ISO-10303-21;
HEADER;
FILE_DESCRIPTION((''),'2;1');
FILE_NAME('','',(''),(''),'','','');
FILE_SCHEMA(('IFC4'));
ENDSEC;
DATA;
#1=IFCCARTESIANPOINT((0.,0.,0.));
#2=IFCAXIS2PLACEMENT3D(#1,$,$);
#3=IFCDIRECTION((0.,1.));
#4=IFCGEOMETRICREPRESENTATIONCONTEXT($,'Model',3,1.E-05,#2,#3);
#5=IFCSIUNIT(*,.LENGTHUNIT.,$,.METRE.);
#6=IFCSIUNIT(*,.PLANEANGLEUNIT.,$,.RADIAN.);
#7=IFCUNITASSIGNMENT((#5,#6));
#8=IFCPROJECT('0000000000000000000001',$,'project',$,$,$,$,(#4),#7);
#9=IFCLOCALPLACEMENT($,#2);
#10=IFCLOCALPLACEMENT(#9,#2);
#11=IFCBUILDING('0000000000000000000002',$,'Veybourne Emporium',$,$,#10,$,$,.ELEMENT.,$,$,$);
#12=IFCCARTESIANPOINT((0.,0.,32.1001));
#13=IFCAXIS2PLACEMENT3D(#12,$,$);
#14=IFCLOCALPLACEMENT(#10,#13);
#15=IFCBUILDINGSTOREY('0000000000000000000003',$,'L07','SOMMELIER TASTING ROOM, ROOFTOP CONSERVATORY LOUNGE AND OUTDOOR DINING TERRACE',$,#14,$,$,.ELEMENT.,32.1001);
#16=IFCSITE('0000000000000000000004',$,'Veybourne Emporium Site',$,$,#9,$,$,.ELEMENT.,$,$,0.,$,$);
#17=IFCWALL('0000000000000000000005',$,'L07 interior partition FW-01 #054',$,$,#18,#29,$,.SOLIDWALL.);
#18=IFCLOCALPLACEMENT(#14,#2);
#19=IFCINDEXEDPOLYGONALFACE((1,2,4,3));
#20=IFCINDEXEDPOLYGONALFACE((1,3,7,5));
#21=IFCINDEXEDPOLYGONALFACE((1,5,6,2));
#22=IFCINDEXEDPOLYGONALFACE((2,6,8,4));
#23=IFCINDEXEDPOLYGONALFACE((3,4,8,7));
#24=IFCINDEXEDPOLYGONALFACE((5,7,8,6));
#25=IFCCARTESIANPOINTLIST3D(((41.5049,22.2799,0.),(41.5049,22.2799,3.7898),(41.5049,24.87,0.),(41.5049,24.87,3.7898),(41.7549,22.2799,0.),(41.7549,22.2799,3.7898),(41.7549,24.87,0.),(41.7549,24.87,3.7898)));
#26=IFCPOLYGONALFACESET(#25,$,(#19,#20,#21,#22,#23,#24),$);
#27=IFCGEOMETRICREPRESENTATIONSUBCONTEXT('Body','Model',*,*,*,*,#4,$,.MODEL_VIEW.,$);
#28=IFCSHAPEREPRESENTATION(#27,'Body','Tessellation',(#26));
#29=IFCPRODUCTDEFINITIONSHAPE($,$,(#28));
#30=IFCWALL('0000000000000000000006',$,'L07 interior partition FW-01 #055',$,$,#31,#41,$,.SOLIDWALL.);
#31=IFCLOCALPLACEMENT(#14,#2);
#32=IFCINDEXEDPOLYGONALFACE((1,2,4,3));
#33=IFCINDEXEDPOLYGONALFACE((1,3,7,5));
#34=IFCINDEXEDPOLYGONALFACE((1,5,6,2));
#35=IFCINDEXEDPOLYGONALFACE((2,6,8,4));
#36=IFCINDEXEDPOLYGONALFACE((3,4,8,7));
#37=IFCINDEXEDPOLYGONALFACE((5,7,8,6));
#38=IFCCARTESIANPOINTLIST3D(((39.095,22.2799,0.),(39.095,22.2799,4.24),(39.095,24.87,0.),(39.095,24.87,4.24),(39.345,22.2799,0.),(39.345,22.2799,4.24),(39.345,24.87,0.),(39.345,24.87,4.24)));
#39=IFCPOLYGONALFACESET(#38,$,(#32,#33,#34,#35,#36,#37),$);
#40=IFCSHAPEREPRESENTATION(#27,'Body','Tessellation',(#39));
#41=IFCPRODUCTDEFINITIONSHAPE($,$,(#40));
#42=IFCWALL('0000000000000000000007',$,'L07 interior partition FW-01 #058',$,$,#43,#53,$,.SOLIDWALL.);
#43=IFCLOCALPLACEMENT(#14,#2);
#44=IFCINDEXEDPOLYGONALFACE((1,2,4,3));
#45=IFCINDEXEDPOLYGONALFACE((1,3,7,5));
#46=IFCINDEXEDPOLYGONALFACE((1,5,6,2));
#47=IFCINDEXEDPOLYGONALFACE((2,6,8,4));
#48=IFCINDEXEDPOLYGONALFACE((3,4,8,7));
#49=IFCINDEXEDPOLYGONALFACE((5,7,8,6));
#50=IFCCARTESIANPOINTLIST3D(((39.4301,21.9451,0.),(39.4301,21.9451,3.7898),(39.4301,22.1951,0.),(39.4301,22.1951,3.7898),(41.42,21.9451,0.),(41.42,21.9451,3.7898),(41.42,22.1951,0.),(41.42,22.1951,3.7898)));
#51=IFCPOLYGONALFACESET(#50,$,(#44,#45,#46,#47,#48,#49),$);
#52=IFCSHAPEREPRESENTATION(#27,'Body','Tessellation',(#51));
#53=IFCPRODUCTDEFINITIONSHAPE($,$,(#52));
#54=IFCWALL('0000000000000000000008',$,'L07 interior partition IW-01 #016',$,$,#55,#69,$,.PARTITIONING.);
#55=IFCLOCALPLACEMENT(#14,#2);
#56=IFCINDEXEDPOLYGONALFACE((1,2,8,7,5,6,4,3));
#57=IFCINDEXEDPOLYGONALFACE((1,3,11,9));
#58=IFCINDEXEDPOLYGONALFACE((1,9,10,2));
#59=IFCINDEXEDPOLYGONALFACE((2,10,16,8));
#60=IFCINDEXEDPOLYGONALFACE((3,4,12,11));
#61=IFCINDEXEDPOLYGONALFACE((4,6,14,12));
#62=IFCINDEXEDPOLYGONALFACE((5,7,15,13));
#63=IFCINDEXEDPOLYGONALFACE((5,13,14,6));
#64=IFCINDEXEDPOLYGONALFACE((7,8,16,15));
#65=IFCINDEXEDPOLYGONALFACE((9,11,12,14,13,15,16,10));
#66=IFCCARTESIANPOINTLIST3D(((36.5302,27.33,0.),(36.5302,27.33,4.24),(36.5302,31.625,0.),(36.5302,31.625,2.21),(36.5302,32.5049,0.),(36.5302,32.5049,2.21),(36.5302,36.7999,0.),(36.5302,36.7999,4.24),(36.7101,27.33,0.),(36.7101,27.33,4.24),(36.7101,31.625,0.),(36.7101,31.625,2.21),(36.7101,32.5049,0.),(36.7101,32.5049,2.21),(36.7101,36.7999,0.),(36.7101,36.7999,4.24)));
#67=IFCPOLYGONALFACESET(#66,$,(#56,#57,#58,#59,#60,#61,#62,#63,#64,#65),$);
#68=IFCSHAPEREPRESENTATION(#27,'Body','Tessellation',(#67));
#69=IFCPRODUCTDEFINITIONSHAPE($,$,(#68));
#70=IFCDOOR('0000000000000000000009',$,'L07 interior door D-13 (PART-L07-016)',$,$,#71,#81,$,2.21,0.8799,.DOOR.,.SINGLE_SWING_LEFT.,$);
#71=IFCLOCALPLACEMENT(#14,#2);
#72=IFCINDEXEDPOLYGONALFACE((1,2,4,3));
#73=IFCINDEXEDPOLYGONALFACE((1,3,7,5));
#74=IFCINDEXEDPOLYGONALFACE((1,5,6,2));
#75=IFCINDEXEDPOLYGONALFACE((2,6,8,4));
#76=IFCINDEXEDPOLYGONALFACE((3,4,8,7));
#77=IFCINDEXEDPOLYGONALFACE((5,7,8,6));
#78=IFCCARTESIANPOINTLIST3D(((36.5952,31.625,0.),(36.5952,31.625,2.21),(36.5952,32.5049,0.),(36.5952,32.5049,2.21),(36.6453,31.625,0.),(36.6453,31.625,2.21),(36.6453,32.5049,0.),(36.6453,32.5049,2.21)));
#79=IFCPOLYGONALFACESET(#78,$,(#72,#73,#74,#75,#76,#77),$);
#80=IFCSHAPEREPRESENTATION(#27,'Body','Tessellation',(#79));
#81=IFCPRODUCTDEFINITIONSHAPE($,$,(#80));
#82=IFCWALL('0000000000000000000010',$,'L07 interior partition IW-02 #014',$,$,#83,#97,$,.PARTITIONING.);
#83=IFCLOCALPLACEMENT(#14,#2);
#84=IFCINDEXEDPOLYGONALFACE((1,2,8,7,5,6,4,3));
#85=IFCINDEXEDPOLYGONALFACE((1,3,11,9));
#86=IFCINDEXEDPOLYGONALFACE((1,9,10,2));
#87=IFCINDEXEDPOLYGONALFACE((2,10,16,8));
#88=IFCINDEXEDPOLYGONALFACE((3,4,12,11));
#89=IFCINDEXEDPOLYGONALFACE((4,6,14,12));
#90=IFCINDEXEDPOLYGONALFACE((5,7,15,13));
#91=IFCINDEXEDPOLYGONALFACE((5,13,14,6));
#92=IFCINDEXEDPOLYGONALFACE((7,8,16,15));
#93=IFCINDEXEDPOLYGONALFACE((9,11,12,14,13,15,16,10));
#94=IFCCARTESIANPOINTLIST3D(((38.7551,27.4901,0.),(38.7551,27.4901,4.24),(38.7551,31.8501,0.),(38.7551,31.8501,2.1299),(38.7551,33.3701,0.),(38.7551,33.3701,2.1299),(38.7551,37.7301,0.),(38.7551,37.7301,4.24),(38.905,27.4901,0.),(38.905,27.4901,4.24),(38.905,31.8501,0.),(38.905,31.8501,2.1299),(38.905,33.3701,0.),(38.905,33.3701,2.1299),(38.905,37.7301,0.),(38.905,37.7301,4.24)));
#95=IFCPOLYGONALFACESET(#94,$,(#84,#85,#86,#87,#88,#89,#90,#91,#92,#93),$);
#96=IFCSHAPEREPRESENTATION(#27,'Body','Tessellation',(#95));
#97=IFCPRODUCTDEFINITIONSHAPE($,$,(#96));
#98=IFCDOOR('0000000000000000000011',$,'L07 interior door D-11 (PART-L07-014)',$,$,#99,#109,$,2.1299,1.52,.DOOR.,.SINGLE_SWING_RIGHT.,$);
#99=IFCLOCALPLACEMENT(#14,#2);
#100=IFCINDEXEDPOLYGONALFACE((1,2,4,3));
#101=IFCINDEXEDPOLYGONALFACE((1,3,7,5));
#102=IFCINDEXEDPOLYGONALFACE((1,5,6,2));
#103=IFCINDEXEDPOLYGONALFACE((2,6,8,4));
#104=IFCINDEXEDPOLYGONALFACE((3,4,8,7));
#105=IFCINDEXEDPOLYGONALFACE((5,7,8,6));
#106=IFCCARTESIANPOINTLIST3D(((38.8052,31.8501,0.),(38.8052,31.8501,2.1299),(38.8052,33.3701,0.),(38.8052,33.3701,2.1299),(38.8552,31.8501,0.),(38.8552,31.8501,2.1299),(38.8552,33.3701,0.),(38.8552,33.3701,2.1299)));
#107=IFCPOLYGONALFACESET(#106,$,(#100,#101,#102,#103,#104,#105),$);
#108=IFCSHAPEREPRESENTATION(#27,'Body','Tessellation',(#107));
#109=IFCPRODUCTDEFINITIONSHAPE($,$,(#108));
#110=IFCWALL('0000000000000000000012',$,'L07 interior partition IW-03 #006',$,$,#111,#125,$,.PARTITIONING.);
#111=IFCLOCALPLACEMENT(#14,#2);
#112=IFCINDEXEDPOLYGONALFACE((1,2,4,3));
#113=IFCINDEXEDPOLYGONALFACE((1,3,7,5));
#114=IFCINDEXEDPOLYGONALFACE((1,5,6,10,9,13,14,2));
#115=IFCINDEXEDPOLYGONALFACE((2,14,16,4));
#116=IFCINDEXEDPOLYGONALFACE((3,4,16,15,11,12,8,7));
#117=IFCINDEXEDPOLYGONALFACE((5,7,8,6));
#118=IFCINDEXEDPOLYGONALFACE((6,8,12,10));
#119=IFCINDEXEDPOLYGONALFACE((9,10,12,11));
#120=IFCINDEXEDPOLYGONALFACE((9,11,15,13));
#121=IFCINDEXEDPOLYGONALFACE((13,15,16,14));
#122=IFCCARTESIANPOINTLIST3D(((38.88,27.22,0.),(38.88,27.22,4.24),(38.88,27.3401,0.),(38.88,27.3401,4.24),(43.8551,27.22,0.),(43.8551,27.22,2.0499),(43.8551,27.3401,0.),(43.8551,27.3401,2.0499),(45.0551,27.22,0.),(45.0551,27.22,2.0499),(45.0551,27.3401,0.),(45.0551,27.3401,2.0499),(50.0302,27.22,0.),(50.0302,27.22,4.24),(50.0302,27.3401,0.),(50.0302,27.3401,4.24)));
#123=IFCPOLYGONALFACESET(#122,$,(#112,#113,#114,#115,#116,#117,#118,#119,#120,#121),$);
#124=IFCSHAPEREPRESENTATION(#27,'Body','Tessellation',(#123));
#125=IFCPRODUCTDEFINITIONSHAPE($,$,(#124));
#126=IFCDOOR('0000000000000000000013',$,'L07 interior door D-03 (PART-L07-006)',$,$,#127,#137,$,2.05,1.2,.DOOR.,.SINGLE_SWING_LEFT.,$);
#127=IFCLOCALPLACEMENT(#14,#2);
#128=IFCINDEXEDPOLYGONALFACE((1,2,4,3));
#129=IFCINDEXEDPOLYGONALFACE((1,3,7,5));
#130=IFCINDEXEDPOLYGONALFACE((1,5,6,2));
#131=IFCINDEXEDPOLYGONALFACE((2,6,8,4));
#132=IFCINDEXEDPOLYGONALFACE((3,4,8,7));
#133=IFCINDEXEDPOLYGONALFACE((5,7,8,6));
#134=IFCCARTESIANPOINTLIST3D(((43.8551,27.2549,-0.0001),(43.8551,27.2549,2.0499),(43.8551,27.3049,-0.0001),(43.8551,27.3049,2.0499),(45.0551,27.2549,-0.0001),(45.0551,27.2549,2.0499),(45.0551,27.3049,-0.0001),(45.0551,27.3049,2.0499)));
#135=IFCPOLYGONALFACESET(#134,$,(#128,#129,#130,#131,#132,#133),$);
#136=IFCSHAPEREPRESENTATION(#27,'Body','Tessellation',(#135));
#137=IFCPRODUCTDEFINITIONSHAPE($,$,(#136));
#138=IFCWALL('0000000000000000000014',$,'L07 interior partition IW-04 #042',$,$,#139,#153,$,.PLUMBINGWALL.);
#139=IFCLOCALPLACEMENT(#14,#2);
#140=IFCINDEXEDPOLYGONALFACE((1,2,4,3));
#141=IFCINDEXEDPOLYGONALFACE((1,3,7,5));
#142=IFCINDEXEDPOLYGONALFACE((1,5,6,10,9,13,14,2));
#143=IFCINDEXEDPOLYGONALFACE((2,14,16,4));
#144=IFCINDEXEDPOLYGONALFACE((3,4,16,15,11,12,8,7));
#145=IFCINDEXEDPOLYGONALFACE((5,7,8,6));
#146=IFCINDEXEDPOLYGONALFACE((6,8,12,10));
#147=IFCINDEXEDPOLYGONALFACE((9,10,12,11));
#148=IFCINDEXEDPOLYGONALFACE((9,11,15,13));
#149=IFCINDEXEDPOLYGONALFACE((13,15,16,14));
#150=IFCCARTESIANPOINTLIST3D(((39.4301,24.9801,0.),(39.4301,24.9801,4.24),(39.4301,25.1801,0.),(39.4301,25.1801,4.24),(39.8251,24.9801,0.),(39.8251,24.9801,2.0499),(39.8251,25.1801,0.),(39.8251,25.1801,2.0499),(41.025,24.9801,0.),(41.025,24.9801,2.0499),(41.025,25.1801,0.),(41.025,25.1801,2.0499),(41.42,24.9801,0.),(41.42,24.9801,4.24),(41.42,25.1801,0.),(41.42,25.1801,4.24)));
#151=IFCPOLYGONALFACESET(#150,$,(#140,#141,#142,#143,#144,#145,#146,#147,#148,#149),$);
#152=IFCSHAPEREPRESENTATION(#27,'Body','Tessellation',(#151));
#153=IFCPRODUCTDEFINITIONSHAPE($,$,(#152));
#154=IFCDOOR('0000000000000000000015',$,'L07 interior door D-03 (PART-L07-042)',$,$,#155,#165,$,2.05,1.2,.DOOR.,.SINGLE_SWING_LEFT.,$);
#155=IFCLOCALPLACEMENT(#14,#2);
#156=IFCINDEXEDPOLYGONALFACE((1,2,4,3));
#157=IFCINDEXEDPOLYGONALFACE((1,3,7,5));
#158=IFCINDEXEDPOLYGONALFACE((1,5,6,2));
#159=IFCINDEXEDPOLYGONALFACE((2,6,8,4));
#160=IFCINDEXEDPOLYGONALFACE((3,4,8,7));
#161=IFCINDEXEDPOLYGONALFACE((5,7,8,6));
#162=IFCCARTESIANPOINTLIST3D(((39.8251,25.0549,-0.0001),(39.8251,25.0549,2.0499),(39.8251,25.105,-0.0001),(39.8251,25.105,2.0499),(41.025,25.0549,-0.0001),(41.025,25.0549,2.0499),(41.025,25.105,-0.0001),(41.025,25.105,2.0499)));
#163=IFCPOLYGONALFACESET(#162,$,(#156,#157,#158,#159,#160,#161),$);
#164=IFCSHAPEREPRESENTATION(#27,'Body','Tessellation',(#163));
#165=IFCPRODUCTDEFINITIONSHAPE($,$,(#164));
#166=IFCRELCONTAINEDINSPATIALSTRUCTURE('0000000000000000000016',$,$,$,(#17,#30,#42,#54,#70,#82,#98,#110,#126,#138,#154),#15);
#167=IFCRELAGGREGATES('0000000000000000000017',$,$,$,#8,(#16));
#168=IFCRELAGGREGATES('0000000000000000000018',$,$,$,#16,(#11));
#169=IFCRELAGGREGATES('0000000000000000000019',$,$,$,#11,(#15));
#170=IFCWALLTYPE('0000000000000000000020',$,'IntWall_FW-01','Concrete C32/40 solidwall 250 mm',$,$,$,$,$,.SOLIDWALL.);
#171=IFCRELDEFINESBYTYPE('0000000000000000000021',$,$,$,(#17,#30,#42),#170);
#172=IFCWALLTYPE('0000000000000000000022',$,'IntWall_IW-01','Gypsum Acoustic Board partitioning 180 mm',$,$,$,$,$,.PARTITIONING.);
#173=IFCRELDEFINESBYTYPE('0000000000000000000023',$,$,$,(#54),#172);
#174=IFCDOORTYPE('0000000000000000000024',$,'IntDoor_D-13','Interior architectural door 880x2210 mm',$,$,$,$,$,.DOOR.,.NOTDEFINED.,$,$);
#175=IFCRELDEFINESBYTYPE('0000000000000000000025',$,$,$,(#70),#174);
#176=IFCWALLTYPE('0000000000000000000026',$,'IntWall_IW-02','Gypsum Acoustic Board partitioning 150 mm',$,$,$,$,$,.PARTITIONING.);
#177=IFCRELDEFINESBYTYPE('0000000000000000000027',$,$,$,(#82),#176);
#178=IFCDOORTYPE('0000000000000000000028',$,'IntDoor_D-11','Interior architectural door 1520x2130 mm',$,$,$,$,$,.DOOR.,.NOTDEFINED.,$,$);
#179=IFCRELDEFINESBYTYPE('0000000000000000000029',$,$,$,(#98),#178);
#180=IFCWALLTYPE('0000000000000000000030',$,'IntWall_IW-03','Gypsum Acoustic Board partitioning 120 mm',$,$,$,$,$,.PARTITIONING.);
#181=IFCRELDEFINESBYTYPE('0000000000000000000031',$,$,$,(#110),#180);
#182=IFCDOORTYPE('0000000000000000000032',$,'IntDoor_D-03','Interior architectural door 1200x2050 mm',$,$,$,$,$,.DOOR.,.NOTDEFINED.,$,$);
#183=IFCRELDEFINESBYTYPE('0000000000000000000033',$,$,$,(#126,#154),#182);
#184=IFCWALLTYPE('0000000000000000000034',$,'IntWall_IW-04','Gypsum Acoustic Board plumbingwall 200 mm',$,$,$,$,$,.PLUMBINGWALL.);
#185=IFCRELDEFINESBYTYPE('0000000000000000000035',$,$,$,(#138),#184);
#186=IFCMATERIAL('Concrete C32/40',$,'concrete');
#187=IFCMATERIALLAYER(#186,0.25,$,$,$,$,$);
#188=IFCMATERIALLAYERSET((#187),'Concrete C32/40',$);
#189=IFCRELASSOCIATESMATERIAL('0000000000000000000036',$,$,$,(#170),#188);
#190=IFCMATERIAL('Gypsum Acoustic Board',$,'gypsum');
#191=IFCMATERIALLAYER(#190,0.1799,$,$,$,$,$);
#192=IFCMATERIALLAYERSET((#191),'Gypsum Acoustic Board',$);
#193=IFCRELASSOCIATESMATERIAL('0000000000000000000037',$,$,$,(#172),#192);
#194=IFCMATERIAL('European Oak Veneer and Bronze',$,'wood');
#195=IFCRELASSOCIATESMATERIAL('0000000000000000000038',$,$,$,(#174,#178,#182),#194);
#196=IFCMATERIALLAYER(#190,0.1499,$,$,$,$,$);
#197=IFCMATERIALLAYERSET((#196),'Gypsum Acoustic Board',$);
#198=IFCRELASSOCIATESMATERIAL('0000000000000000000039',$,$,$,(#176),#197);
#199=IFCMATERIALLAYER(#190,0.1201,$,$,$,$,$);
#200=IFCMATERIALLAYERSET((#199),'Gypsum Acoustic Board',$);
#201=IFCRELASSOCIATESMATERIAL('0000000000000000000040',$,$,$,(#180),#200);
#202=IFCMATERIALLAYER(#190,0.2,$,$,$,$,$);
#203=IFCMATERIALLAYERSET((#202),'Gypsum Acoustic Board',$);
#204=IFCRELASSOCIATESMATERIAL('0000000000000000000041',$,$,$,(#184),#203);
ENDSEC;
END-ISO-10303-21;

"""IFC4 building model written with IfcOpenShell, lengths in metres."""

from ifc_helpers import new_model, si_unit, direction, frame, frame_2d, origin, place, context, subcontext, project, spatial, rectangle, extrude, material, layer, layer_set, type_object, element, fill, save


model = new_model("IFC4")

# Units and contexts
model_context = context("Model", 3, precision=1e-05, world=origin(), true_north=direction((0.0, 1.0)))
body_context = subcontext(model_context, "Body", "Model", "MODEL_VIEW")
ifc_project = project(units=[si_unit("LENGTHUNIT", "METRE"), si_unit("PLANEANGLEUNIT", "RADIAN")], contexts=[model_context])

# Site, building, storey
site_placement = place(None, origin())
site = spatial("IfcSite", under=ifc_project, at=site_placement, Name="Veybourne Emporium Site", CompositionType="ELEMENT", RefElevation=0.0)
building_placement = place(site_placement, origin())
building = spatial("IfcBuilding", under=site, at=building_placement, Name="Veybourne Emporium", CompositionType="ELEMENT")
storey_placement = place(building_placement, frame((0.0, 0.0, 32.1001)))
storey = spatial("IfcBuildingStorey", under=building, at=storey_placement, Name="L07", Description="SOMMELIER TASTING ROOM, ROOFTOP CONSERVATORY LOUNGE AND OUTDOOR DINING TERRACE", CompositionType="ELEMENT", Elevation=32.1001)

# Shared definitions
ifc_material_1 = material(Name="Concrete C32/40", Category="concrete")

# Shared definitions
ifc_layer_1 = layer(ifc_material_1, 0.25)
ifc_layer_set_1 = layer_set([ifc_layer_1], Name="Concrete C32/40")
wall_type_1 = type_object("IfcWallType", Name="IntWall_FW-01", Description="Concrete C32/40 solidwall 250 mm", PredefinedType="SOLIDWALL", material=ifc_layer_set_1)

# Walls
wall_1_placement = place(storey_placement, frame((41.6299, 22.28, 0.0), z_axis=(0.0, 0.0, 1.0), x_axis=(0.0, 1.0, 0.0)))
element("IfcWall", 1, at=wall_1_placement, inside=storey, type_object=wall_type_1, Name="L07 interior partition FW-01 #054", PredefinedType="SOLIDWALL", context=body_context, shape_type="SweptSolid", body=[
    extrude(rectangle(XDim=2.5901, YDim=0.25, at=frame_2d((1.2949, 0.0))), origin(), (0.0, 0.0, 1.0), 3.7898),
])
wall_2_placement = place(storey_placement, frame((39.22, 22.28, 0.0), z_axis=(0.0, 0.0, 1.0), x_axis=(0.0, 1.0, 0.0)))
element("IfcWall", 2, at=wall_2_placement, inside=storey, type_object=wall_type_1, Name="L07 interior partition FW-01 #055", PredefinedType="SOLIDWALL", context=body_context, shape_type="SweptSolid", body=[
    extrude(rectangle(XDim=2.5901, YDim=0.25, at=frame_2d((1.2949, 0.0))), origin(), (0.0, 0.0, 1.0), 4.24),
])
wall_3_placement = place(storey_placement, frame((39.4299, 22.0701, 0.0), z_axis=(0.0, 0.0, 1.0), x_axis=(1.0, 0.0, 0.0)))
element("IfcWall", 3, at=wall_3_placement, inside=storey, type_object=wall_type_1, Name="L07 interior partition FW-01 #058", PredefinedType="SOLIDWALL", context=body_context, shape_type="SweptSolid", body=[
    extrude(rectangle(XDim=1.99, YDim=0.25, at=frame_2d((0.9951, 0.0))), origin(), (0.0, 0.0, 1.0), 3.7898),
])

# Walls, openings, doors
ifc_material_2 = material(Name="Gypsum Acoustic Board", Category="gypsum")
ifc_layer_2 = layer(ifc_material_2, 0.1799)
ifc_layer_set_2 = layer_set([ifc_layer_2], Name="Gypsum Acoustic Board")
wall_type_2 = type_object("IfcWallType", Name="IntWall_IW-01", Description="Gypsum Acoustic Board partitioning 180 mm", PredefinedType="PARTITIONING", material=ifc_layer_set_2)
wall_4_placement = place(storey_placement, frame((36.6201, 27.3301, 0.0), z_axis=(0.0, 0.0, 1.0), x_axis=(0.0, 1.0, 0.0)))
wall_4 = element("IfcWall", 4, at=wall_4_placement, inside=storey, type_object=wall_type_2, Name="L07 interior partition IW-01 #016", PredefinedType="PARTITIONING", context=body_context, shape_type="SweptSolid", body=[
    extrude(rectangle(XDim=9.47, YDim=0.1799, at=frame_2d((4.7349, 0.0))), origin(), (0.0, 0.0, 1.0), 4.24),
])
opening_1_placement = place(wall_4_placement, frame((4.2949, 0.0, 0.0)))
opening_1 = element("IfcOpeningElement", 5, at=opening_1_placement, cuts=wall_4, PredefinedType="OPENING", context=body_context, shape_type="SweptSolid", body=[
    extrude(rectangle(XDim=0.8799, YDim=2.21, at=frame_2d((0.4399, 1.105))), frame((0.0, 0.1099, 0.0), z_axis=(0.0, -1.0, 0.0), x_axis=(1.0, 0.0, 0.0)), (0.0, 0.0, 1.0), 0.22),
])
ifc_material_3 = material(Name="European Oak Veneer and Bronze", Category="wood")
door_type_1 = type_object("IfcDoorType", Name="IntDoor_D-13", Description="Interior architectural door 880x2210 mm", OperationType="NOTDEFINED", PredefinedType="DOOR", material=ifc_material_3)
door_1_placement = place(opening_1_placement, origin())
door_1 = element("IfcDoor", 6, at=door_1_placement, inside=storey, type_object=door_type_1, Name="L07 interior door D-13 (PART-L07-016)", OperationType="SINGLE_SWING_LEFT", OverallHeight=2.21, OverallWidth=0.8799, PredefinedType="DOOR", context=body_context, shape_type="SweptSolid", body=[
    extrude(rectangle(XDim=0.8799, YDim=2.21, at=frame_2d((0.4399, 1.105))), frame((0.0, 0.0249, 0.0), z_axis=(0.0, -1.0, 0.0), x_axis=(1.0, 0.0, 0.0)), (0.0, 0.0, 1.0), 0.05),
])
fill(opening_1, door_1)
ifc_layer_3 = layer(ifc_material_2, 0.1499)
ifc_layer_set_3 = layer_set([ifc_layer_3], Name="Gypsum Acoustic Board")
wall_type_3 = type_object("IfcWallType", Name="IntWall_IW-02", Description="Gypsum Acoustic Board partitioning 150 mm", PredefinedType="PARTITIONING", material=ifc_layer_set_3)
wall_5_placement = place(storey_placement, frame((38.8301, 27.49, 0.0), z_axis=(0.0, 0.0, 1.0), x_axis=(0.0, 1.0, 0.0)))
wall_5 = element("IfcWall", 7, at=wall_5_placement, inside=storey, type_object=wall_type_3, Name="L07 interior partition IW-02 #014", PredefinedType="PARTITIONING", context=body_context, shape_type="SweptSolid", body=[
    extrude(rectangle(XDim=10.24, YDim=0.1499, at=frame_2d((5.1201, 0.0))), origin(), (0.0, 0.0, 1.0), 4.24),
])
opening_2_placement = place(wall_5_placement, frame((4.3601, 0.0, 0.0)))
opening_2 = element("IfcOpeningElement", 8, at=opening_2_placement, cuts=wall_5, PredefinedType="OPENING", context=body_context, shape_type="SweptSolid", body=[
    extrude(rectangle(XDim=1.52, YDim=2.1299, at=frame_2d((0.76, 1.0649))), frame((0.0, 0.095, 0.0), z_axis=(0.0, -1.0, 0.0), x_axis=(1.0, 0.0, 0.0)), (0.0, 0.0, 1.0), 0.1899),
])
door_type_2 = type_object("IfcDoorType", Name="IntDoor_D-11", Description="Interior architectural door 1520x2130 mm", OperationType="NOTDEFINED", PredefinedType="DOOR", material=ifc_material_3)
door_2_placement = place(opening_2_placement, origin())
door_2 = element("IfcDoor", 9, at=door_2_placement, inside=storey, type_object=door_type_2, Name="L07 interior door D-11 (PART-L07-014)", OperationType="SINGLE_SWING_RIGHT", OverallHeight=2.1299, OverallWidth=1.52, PredefinedType="DOOR", context=body_context, shape_type="SweptSolid", body=[
    extrude(rectangle(XDim=1.52, YDim=2.1299, at=frame_2d((0.76, 1.0649))), frame((0.0, 0.0249, 0.0), z_axis=(0.0, -1.0, 0.0), x_axis=(1.0, 0.0, 0.0)), (0.0, 0.0, 1.0), 0.05),
])
fill(opening_2, door_2)
ifc_layer_4 = layer(ifc_material_2, 0.1201)
ifc_layer_set_4 = layer_set([ifc_layer_4], Name="Gypsum Acoustic Board")
wall_type_4 = type_object("IfcWallType", Name="IntWall_IW-03", Description="Gypsum Acoustic Board partitioning 120 mm", PredefinedType="PARTITIONING", material=ifc_layer_set_4)
wall_6_placement = place(storey_placement, frame((38.8799, 27.28, 0.0), z_axis=(0.0, 0.0, 1.0), x_axis=(1.0, 0.0, 0.0)))
wall_6 = element("IfcWall", 10, at=wall_6_placement, inside=storey, type_object=wall_type_4, Name="L07 interior partition IW-03 #006", PredefinedType="PARTITIONING", context=body_context, shape_type="SweptSolid", body=[
    extrude(rectangle(XDim=11.1501, YDim=0.1201, at=frame_2d((5.5752, 0.0))), origin(), (0.0, 0.0, 1.0), 4.24),
])
opening_3_placement = place(wall_6_placement, frame((4.9751, 0.0, 0.0)))
opening_3 = element("IfcOpeningElement", 11, at=opening_3_placement, cuts=wall_6, PredefinedType="OPENING", context=body_context, shape_type="SweptSolid", body=[
    extrude(rectangle(XDim=1.2, YDim=2.05, at=frame_2d((0.6001, 1.0249))), frame((0.0, 0.0801, 0.0), z_axis=(0.0, -1.0, 0.0), x_axis=(1.0, 0.0, 0.0)), (0.0, 0.0, 1.0), 0.1602),
])
door_type_3 = type_object("IfcDoorType", Name="IntDoor_D-03", Description="Interior architectural door 1200x2050 mm", OperationType="NOTDEFINED", PredefinedType="DOOR", material=ifc_material_3)
door_3_placement = place(opening_3_placement, origin())
door_3 = element("IfcDoor", 12, at=door_3_placement, inside=storey, type_object=door_type_3, Name="L07 interior door D-03 (PART-L07-006)", OperationType="SINGLE_SWING_LEFT", OverallHeight=2.05, OverallWidth=1.2, PredefinedType="DOOR", context=body_context, shape_type="SweptSolid", body=[
    extrude(rectangle(XDim=1.2, YDim=2.05, at=frame_2d((0.6001, 1.0249))), frame((0.0, 0.0249, 0.0), z_axis=(0.0, -1.0, 0.0), x_axis=(1.0, 0.0, 0.0)), (0.0, 0.0, 1.0), 0.05),
])
fill(opening_3, door_3)
ifc_layer_5 = layer(ifc_material_2, 0.2)
ifc_layer_set_5 = layer_set([ifc_layer_5], Name="Gypsum Acoustic Board")
wall_type_5 = type_object("IfcWallType", Name="IntWall_IW-04", Description="Gypsum Acoustic Board plumbingwall 200 mm", PredefinedType="PLUMBINGWALL", material=ifc_layer_set_5)
wall_7_placement = place(storey_placement, frame((39.4299, 25.0801, 0.0), z_axis=(0.0, 0.0, 1.0), x_axis=(1.0, 0.0, 0.0)))
wall_7 = element("IfcWall", 13, at=wall_7_placement, inside=storey, type_object=wall_type_5, Name="L07 interior partition IW-04 #042", PredefinedType="PLUMBINGWALL", context=body_context, shape_type="SweptSolid", body=[
    extrude(rectangle(XDim=1.99, YDim=0.2, at=frame_2d((0.9951, 0.0))), origin(), (0.0, 0.0, 1.0), 4.24),
])
opening_4_placement = place(wall_7_placement, frame((0.395, 0.0, 0.0)))
opening_4 = element("IfcOpeningElement", 14, at=opening_4_placement, cuts=wall_7, PredefinedType="OPENING", context=body_context, shape_type="SweptSolid", body=[
    extrude(rectangle(XDim=1.2, YDim=2.05, at=frame_2d((0.6001, 1.0249))), frame((0.0, 0.1201, 0.0), z_axis=(0.0, -1.0, 0.0), x_axis=(1.0, 0.0, 0.0)), (0.0, 0.0, 1.0), 0.24),
])
door_4_placement = place(opening_4_placement, origin())
door_4 = element("IfcDoor", 15, at=door_4_placement, inside=storey, type_object=door_type_3, Name="L07 interior door D-03 (PART-L07-042)", OperationType="SINGLE_SWING_LEFT", OverallHeight=2.05, OverallWidth=1.2, PredefinedType="DOOR", context=body_context, shape_type="SweptSolid", body=[
    extrude(rectangle(XDim=1.2, YDim=2.05, at=frame_2d((0.6001, 1.0249))), frame((0.0, 0.0249, 0.0), z_axis=(0.0, -1.0, 0.0), x_axis=(1.0, 0.0, 0.0)), (0.0, 0.0, 1.0), 0.05),
])
fill(opening_4, door_4)

save(model, "model.ifc")
